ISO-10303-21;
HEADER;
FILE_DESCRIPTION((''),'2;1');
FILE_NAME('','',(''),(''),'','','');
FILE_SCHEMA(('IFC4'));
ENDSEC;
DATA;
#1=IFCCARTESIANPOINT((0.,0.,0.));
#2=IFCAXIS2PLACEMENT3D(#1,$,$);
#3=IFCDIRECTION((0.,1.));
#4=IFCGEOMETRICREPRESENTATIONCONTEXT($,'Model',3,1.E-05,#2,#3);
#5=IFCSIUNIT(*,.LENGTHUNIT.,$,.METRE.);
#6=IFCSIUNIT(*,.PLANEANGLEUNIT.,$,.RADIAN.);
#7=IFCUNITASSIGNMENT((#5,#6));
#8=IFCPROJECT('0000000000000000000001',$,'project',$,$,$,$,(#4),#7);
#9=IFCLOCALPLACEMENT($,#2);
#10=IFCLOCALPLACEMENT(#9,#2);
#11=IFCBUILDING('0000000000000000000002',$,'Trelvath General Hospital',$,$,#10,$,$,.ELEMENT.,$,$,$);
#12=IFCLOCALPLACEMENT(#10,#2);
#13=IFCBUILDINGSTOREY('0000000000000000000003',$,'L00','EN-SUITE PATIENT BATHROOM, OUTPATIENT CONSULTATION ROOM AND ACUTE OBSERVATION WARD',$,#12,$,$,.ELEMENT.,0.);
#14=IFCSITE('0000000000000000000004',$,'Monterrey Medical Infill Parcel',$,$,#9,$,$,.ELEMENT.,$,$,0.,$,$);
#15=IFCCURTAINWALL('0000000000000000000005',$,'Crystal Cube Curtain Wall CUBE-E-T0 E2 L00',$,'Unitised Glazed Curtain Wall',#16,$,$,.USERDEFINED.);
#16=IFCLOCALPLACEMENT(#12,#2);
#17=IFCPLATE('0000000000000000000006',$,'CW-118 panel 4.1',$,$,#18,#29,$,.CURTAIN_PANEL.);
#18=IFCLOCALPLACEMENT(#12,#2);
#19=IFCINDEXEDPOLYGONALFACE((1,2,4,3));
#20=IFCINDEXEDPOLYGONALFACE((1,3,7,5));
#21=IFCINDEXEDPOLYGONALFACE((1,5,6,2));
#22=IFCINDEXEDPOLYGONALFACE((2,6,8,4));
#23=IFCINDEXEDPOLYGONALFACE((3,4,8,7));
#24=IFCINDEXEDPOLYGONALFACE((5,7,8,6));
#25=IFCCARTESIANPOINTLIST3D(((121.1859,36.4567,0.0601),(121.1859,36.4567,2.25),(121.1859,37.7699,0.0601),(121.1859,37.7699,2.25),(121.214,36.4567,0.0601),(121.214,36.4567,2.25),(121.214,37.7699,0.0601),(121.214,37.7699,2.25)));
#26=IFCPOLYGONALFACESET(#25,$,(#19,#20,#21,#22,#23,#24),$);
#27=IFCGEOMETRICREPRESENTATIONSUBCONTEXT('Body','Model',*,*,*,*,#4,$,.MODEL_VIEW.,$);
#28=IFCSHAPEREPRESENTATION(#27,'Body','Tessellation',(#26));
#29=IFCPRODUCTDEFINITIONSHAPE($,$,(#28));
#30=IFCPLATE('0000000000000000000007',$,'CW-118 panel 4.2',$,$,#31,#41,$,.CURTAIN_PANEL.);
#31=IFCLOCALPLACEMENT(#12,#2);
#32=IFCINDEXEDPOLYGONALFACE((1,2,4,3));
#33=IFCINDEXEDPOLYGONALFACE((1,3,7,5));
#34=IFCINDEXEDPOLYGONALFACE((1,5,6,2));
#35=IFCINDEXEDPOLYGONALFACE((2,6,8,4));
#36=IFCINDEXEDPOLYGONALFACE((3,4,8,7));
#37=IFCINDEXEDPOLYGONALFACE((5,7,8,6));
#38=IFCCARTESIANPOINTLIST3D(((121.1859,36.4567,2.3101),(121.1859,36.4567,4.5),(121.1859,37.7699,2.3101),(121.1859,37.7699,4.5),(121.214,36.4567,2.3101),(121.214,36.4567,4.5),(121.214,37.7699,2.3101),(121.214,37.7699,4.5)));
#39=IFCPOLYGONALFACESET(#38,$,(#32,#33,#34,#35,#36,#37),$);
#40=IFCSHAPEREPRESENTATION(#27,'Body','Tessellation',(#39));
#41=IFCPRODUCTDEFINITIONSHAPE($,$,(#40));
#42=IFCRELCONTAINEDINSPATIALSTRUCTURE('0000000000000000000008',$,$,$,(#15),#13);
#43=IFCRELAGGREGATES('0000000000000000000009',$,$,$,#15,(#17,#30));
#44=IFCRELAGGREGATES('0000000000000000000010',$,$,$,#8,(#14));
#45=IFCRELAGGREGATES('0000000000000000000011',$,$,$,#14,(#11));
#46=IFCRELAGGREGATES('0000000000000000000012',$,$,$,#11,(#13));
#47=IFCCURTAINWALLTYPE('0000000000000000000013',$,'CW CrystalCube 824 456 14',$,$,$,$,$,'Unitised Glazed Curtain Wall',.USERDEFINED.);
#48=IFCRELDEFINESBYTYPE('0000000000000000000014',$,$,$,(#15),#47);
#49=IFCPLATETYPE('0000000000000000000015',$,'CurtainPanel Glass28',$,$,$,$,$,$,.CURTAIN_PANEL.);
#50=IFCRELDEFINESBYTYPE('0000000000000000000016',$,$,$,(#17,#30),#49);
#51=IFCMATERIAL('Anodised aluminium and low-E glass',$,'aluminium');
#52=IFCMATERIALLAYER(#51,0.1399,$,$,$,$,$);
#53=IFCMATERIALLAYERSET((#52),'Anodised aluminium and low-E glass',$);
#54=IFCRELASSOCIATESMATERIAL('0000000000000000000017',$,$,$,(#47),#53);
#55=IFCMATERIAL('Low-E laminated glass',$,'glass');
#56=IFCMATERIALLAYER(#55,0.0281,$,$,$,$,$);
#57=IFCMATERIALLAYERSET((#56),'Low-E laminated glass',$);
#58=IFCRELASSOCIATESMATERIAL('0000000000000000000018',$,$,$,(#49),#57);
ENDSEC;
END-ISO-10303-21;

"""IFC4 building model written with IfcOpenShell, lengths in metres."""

from ifc_helpers import new_model, si_unit, direction, frame, origin, origin_2d, place, context, subcontext, project, spatial, rectangle, extrude, material, layer, layer_set, type_object, element, aggregate, save


model = new_model("IFC4")

# Units and contexts
model_context = context("Model", 3, precision=1e-05, world=origin(), true_north=direction((0.0, 1.0)))
body_context = subcontext(model_context, "Body", "Model", "MODEL_VIEW")
ifc_project = project(units=[si_unit("LENGTHUNIT", "METRE"), si_unit("PLANEANGLEUNIT", "RADIAN")], contexts=[model_context])

# Site, building, storey
site_placement = place(None, origin())
site = spatial("IfcSite", under=ifc_project, at=site_placement, Name="Monterrey Medical Infill Parcel", CompositionType="ELEMENT", RefElevation=0.0)
building_placement = place(site_placement, origin())
building = spatial("IfcBuilding", under=site, at=building_placement, Name="Trelvath General Hospital", CompositionType="ELEMENT")
storey_placement = place(building_placement, origin())
storey = spatial("IfcBuildingStorey", under=building, at=storey_placement, Name="L00", Description="EN-SUITE PATIENT BATHROOM, OUTPATIENT CONSULTATION ROOM AND ACUTE OBSERVATION WARD", CompositionType="ELEMENT", Elevation=0.0)

# Curtain wall, plates
ifc_material_1 = material(Name="Anodised aluminium and low-E glass", Category="aluminium")
ifc_layer_1 = layer(ifc_material_1, 0.1399)
ifc_layer_set_1 = layer_set([ifc_layer_1], Name="Anodised aluminium and low-E glass")
curtain_wall_type = type_object("IfcCurtainWallType", Name="CW CrystalCube 824 456 14", ElementType="Unitised Glazed Curtain Wall", PredefinedType="USERDEFINED", material=ifc_layer_set_1)
curtain_wall_placement = place(storey_placement, origin())
curtain_wall = element("IfcCurtainWall", 1, at=curtain_wall_placement, inside=storey, type_object=curtain_wall_type, Name="Crystal Cube Curtain Wall CUBE-E-T0 E2 L00", ObjectType="Unitised Glazed Curtain Wall", PredefinedType="USERDEFINED")
ifc_material_2 = material(Name="Low-E laminated glass", Category="glass")
ifc_layer_2 = layer(ifc_material_2, 0.0281)
ifc_layer_set_2 = layer_set([ifc_layer_2], Name="Low-E laminated glass")
plate_type = type_object("IfcPlateType", Name="CurtainPanel Glass28", PredefinedType="CURTAIN_PANEL", material=ifc_layer_set_2)
plate_1_placement = place(storey_placement, frame((121.2, 37.1133, 0.0601), z_axis=(0.0, 0.0, 1.0), x_axis=(0.0, -1.0, 0.0)))
plate_1 = element("IfcPlate", 2, at=plate_1_placement, type_object=plate_type, Name="CW-118 panel 4.1", PredefinedType="CURTAIN_PANEL", context=body_context, shape_type="SweptSolid", body=[
    extrude(rectangle(XDim=1.3132, YDim=0.0281, at=origin_2d()), origin(), (0.0, 0.0, 1.0), 2.1899),
])
plate_2_placement = place(storey_placement, frame((121.2, 37.1133, 2.3101), z_axis=(0.0, 0.0, 1.0), x_axis=(0.0, -1.0, 0.0)))
plate_2 = element("IfcPlate", 3, at=plate_2_placement, type_object=plate_type, Name="CW-118 panel 4.2", PredefinedType="CURTAIN_PANEL", context=body_context, shape_type="SweptSolid", body=[
    extrude(rectangle(XDim=1.3132, YDim=0.0281, at=origin_2d()), origin(), (0.0, 0.0, 1.0), 2.1899),
])
aggregate(curtain_wall, [plate_1, plate_2])

save(model, "model.ifc")
